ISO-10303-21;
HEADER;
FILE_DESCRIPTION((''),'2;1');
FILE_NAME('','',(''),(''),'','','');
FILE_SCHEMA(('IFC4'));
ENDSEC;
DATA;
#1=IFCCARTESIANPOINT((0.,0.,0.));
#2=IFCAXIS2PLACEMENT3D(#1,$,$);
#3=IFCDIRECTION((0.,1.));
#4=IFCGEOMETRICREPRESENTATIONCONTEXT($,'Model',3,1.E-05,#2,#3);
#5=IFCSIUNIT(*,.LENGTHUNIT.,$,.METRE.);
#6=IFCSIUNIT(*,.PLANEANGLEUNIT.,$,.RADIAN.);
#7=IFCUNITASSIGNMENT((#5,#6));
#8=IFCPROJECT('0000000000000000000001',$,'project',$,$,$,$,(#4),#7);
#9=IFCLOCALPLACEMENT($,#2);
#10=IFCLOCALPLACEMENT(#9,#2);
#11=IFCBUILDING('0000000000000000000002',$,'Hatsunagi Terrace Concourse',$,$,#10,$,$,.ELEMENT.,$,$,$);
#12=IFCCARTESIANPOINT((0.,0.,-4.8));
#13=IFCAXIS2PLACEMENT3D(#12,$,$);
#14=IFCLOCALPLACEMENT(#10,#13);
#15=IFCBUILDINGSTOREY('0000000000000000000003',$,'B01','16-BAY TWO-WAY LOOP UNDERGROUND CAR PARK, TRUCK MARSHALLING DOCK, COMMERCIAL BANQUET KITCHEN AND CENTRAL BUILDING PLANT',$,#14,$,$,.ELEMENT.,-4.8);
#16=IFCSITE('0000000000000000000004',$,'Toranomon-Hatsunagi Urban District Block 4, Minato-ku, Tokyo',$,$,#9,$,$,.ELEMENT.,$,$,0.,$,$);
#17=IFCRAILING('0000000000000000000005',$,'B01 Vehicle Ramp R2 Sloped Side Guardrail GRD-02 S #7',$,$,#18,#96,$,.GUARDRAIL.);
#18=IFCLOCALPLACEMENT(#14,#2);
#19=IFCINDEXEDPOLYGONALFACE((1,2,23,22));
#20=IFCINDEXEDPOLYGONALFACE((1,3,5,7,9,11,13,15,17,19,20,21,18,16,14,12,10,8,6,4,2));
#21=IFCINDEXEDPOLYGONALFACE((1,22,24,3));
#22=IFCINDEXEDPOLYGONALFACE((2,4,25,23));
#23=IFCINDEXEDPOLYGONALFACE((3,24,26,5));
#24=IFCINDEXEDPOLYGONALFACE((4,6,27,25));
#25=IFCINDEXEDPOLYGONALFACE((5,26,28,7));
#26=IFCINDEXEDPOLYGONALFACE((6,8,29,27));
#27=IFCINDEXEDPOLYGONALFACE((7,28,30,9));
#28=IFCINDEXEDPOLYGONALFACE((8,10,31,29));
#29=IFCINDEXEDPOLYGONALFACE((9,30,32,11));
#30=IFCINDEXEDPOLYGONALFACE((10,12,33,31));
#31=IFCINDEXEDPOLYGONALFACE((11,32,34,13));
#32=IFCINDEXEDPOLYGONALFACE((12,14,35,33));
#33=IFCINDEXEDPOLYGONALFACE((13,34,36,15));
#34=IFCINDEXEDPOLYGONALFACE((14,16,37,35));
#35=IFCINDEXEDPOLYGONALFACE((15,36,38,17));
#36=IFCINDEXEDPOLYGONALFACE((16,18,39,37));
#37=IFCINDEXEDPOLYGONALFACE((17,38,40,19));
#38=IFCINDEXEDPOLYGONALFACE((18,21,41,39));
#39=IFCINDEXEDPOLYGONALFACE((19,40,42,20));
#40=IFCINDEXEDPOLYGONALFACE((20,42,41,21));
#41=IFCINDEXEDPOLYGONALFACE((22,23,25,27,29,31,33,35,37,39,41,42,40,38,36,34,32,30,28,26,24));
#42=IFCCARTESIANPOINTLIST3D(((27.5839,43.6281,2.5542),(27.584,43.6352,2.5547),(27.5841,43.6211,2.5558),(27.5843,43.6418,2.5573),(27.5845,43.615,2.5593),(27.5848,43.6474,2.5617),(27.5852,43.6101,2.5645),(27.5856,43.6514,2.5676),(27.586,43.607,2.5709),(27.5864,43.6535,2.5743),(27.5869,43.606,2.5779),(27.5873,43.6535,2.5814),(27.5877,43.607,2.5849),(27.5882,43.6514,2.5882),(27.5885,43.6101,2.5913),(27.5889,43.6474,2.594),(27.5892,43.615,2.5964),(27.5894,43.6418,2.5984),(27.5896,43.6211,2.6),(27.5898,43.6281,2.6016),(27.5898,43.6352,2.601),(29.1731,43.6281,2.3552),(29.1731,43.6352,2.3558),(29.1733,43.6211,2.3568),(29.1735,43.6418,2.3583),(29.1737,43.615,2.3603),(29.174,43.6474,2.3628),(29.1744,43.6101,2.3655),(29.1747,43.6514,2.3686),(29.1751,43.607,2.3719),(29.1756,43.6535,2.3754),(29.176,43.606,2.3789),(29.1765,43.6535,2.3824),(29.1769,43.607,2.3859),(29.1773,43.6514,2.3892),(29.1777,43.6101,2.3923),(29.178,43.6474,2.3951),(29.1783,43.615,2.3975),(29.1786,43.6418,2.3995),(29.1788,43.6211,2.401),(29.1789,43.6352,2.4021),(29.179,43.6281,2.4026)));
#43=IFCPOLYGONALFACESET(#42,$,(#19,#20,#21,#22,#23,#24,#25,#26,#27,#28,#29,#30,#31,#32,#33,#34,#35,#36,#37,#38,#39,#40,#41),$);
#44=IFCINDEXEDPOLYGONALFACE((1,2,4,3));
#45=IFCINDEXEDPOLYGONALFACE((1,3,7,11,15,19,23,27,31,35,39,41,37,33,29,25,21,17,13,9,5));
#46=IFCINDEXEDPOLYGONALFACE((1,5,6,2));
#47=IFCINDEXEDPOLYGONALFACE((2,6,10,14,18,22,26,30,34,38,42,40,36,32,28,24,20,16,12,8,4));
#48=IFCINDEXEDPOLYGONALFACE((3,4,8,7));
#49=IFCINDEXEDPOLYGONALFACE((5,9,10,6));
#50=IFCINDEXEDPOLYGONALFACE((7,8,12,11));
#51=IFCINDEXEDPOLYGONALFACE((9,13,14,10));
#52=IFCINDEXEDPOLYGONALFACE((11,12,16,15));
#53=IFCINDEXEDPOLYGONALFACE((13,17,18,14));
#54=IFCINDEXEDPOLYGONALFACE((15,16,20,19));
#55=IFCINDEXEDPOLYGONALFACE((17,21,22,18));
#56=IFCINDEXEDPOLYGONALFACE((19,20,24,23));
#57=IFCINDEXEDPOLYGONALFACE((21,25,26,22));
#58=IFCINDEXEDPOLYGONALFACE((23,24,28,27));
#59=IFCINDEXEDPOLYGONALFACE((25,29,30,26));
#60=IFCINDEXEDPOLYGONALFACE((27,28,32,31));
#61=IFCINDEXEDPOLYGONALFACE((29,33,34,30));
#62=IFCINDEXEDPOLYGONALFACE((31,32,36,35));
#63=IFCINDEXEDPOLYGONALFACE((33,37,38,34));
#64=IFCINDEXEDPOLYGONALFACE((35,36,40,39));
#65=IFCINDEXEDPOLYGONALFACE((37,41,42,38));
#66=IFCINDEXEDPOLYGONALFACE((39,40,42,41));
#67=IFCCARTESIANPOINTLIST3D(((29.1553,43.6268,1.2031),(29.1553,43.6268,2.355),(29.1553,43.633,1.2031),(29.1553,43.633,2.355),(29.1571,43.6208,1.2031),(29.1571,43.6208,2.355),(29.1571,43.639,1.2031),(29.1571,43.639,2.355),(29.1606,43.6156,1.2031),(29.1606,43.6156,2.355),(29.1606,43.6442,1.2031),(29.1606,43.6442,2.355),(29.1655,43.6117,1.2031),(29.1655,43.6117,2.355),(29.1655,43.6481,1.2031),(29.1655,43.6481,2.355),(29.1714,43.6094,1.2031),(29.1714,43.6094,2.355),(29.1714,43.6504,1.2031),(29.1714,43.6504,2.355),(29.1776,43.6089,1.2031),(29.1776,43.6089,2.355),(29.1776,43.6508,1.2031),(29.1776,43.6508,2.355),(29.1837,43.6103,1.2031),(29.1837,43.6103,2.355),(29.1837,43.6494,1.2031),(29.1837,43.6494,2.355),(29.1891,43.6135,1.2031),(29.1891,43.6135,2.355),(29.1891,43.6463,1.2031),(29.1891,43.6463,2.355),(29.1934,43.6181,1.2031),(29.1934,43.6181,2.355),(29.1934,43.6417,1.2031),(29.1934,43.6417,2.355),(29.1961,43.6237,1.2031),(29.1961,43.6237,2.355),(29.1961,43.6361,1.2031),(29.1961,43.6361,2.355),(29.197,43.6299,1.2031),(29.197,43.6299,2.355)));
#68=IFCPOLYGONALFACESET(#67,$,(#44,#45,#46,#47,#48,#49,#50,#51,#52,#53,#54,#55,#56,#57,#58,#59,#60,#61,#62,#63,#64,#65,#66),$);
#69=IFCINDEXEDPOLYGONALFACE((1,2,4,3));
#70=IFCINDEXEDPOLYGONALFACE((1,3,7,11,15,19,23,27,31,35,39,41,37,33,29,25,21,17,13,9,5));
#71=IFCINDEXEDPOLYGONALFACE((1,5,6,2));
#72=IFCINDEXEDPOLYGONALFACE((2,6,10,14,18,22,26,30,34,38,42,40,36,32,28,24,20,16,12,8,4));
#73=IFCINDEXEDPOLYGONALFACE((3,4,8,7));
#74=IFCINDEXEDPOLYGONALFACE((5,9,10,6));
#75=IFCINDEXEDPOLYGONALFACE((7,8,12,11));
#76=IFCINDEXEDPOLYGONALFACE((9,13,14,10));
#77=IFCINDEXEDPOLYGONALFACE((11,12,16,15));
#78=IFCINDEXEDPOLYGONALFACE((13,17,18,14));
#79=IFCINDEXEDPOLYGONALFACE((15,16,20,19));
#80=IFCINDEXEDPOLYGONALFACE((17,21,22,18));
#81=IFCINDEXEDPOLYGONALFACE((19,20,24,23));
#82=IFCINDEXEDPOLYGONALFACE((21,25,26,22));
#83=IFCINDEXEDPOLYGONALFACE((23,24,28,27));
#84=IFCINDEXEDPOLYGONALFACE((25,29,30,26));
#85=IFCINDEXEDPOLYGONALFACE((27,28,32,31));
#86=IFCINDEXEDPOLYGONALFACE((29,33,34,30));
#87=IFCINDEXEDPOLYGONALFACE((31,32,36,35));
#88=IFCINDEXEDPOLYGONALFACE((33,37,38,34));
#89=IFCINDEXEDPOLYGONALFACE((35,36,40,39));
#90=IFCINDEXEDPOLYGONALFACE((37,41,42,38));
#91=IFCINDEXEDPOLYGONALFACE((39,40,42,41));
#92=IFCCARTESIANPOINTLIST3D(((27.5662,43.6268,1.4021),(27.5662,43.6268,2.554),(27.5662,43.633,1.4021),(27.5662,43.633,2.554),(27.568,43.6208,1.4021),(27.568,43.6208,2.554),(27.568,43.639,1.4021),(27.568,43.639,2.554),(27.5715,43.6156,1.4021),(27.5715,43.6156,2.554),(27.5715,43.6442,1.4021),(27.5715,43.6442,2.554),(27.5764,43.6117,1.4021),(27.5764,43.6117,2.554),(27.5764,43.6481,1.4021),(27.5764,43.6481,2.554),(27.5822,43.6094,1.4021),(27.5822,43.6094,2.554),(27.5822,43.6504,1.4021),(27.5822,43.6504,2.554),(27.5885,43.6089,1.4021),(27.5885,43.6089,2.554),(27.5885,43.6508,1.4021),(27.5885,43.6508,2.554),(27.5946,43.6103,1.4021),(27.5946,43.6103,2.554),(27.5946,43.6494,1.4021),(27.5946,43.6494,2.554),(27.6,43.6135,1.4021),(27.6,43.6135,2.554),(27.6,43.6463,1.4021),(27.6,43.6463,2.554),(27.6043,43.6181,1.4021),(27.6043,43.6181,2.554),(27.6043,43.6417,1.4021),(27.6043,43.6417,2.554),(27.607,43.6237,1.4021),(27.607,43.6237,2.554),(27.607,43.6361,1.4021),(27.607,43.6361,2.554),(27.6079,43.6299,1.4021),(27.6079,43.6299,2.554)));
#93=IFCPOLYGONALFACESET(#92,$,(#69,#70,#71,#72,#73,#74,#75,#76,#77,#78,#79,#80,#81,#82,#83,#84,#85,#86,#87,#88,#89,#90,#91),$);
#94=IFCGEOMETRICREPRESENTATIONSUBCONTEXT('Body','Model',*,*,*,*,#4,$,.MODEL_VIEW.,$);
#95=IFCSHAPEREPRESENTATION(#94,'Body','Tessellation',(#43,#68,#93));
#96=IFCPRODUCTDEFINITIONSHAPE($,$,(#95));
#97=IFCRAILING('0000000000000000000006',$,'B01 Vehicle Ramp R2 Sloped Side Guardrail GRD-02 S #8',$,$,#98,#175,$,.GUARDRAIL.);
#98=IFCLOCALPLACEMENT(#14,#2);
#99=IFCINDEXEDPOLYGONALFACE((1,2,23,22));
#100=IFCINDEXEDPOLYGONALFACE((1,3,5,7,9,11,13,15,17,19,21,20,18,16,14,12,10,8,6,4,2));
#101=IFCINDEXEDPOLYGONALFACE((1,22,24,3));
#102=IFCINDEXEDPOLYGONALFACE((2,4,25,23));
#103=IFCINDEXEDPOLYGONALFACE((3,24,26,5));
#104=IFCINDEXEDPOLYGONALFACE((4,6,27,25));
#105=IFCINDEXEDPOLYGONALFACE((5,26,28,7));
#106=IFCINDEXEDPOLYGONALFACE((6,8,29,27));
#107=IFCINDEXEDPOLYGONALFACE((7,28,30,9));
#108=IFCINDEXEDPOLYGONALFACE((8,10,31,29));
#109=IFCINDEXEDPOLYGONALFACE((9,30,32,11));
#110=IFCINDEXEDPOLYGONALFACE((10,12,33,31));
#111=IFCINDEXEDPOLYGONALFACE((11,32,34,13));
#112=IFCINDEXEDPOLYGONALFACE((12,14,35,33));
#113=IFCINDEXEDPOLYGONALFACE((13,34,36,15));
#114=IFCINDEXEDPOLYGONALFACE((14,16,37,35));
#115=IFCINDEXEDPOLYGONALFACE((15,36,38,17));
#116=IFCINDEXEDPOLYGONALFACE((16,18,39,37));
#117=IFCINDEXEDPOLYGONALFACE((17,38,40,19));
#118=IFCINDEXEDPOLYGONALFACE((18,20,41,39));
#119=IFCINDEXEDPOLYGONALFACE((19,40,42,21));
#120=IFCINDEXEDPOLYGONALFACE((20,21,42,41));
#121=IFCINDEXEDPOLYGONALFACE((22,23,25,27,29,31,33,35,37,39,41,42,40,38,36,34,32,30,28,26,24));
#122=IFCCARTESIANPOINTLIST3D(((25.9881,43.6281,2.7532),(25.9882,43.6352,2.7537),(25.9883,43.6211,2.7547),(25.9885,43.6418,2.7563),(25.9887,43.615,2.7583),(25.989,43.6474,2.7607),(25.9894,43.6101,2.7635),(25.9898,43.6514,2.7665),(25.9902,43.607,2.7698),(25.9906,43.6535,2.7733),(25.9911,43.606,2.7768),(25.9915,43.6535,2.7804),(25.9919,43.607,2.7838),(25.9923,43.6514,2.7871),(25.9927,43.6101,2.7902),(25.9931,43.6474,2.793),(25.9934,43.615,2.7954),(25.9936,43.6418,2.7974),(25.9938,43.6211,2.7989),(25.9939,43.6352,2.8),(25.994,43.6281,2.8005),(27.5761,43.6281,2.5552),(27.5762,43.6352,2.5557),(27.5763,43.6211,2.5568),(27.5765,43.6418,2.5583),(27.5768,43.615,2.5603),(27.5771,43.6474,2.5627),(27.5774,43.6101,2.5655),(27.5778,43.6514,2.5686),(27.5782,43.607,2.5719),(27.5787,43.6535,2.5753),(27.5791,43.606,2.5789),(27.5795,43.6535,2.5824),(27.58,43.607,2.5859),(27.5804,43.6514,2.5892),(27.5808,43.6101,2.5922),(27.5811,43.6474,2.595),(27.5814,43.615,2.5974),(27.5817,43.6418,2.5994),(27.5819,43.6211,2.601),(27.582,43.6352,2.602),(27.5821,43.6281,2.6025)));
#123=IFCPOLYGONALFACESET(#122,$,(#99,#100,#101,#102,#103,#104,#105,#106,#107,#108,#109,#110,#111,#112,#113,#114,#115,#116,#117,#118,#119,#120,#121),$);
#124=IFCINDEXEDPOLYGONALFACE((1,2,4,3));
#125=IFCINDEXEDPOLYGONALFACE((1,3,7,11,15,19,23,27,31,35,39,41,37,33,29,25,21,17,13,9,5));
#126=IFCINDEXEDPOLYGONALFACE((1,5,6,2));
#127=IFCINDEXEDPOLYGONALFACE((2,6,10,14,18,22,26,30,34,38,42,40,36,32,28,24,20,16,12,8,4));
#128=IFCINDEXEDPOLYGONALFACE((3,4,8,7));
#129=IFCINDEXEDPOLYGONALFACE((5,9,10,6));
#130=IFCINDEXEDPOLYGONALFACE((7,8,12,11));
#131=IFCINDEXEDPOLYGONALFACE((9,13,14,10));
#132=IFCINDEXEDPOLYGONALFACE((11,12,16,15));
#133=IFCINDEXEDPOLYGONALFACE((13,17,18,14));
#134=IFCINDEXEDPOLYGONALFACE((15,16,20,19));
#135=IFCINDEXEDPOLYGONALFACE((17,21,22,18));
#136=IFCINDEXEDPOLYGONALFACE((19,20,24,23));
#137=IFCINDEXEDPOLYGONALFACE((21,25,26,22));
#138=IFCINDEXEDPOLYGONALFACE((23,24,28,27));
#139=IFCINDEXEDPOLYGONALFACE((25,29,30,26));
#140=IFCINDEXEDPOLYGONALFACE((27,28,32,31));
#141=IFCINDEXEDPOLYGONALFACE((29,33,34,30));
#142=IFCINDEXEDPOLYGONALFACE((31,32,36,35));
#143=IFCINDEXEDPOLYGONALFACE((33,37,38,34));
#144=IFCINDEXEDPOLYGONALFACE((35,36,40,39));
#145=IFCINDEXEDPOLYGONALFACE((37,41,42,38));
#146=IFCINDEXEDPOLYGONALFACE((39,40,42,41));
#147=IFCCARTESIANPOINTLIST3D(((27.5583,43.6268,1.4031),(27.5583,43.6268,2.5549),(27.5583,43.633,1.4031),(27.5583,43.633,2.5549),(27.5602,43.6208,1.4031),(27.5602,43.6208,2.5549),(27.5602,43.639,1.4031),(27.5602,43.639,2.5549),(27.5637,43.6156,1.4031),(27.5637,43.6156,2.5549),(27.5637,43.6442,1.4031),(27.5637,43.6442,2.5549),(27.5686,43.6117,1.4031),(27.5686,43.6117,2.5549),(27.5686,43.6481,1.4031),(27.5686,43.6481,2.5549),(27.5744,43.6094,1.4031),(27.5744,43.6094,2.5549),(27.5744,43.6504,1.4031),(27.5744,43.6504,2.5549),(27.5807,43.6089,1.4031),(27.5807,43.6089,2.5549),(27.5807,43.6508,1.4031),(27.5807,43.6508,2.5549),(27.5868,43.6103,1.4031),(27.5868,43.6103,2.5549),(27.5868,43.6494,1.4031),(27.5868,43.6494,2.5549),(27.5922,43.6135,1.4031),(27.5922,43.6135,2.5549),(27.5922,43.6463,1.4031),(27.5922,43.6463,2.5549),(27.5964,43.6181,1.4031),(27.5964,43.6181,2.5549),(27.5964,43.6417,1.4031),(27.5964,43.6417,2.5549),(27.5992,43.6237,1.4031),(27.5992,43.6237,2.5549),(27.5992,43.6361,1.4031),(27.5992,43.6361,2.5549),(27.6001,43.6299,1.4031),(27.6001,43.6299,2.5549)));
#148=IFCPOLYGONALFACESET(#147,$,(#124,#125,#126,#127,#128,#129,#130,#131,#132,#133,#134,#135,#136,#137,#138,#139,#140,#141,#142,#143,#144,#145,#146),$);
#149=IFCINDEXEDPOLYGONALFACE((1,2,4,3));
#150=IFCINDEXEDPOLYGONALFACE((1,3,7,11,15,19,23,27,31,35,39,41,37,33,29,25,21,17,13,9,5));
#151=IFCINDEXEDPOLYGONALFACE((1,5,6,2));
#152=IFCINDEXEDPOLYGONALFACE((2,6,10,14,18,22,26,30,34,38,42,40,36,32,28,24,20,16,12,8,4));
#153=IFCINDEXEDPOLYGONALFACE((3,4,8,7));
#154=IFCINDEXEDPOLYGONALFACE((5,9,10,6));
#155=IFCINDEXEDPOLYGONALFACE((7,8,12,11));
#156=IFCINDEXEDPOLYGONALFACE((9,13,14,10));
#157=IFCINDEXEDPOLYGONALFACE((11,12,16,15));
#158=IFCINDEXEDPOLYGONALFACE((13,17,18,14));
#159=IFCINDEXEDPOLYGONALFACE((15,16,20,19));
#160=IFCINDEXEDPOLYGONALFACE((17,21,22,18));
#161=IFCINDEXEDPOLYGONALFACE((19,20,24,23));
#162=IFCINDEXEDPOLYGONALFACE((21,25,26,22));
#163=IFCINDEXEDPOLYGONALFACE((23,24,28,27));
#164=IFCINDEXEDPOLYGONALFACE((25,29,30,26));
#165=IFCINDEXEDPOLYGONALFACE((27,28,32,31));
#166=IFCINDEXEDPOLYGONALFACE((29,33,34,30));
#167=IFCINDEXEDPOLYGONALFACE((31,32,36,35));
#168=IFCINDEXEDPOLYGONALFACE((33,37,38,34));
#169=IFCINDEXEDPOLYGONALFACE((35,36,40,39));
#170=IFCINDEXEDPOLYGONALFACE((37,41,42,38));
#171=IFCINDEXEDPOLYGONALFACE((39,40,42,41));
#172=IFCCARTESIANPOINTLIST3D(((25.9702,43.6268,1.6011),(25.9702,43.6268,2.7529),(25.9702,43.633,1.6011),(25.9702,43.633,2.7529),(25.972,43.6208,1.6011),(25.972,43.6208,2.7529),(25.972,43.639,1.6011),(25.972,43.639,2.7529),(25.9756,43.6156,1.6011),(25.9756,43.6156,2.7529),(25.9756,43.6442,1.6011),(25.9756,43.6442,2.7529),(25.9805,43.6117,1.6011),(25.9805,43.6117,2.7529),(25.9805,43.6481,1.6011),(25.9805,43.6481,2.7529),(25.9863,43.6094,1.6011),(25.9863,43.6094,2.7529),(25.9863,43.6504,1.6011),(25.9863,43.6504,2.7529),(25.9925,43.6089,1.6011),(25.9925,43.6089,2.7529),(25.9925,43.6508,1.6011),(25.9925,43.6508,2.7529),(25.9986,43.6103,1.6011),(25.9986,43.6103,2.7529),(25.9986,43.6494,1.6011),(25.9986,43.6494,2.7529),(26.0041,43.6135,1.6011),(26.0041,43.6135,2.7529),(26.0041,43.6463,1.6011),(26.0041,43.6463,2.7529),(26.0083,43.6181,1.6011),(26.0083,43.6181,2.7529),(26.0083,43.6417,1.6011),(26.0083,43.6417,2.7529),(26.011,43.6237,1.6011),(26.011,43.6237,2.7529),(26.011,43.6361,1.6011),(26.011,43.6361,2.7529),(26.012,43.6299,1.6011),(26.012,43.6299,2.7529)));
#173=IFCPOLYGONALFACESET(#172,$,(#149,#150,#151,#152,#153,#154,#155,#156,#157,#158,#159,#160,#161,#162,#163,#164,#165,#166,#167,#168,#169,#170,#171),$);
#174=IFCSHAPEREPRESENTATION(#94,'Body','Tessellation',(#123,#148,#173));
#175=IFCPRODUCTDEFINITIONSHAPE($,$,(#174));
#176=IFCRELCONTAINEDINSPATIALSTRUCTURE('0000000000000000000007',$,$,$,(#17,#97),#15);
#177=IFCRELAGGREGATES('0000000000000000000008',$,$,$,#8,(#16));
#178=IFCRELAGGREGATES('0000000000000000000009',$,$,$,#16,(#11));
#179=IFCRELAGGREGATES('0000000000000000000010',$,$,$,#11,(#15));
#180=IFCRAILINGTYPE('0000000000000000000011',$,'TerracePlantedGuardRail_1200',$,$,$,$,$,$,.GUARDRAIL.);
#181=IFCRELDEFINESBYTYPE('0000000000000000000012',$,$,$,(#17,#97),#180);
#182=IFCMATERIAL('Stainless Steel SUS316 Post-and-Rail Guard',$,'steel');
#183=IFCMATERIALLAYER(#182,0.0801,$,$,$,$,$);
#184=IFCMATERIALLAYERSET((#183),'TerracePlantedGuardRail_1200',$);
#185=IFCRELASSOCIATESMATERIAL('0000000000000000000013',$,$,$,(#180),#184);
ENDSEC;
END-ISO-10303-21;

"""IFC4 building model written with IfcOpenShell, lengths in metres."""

from ifc_helpers import new_model, si_unit, direction, frame, origin, origin_2d, place, context, subcontext, project, spatial, circle, extrude, material, layer, layer_set, type_object, element, save


model = new_model("IFC4")

# Units and contexts
model_context = context("Model", 3, precision=1e-05, world=origin(), true_north=direction((0.0, 1.0)))
body_context = subcontext(model_context, "Body", "Model", "MODEL_VIEW")
ifc_project = project(units=[si_unit("LENGTHUNIT", "METRE"), si_unit("PLANEANGLEUNIT", "RADIAN")], contexts=[model_context])

# Site, building, storey
site_placement = place(None, origin())
site = spatial("IfcSite", under=ifc_project, at=site_placement, Name="Toranomon-Hatsunagi Urban District Block 4, Minato-ku, Tokyo", CompositionType="ELEMENT", RefElevation=0.0)
building_placement = place(site_placement, origin())
building = spatial("IfcBuilding", under=site, at=building_placement, Name="Hatsunagi Terrace Concourse", CompositionType="ELEMENT")
storey_placement = place(building_placement, frame((0.0, 0.0, -4.8)))
storey = spatial("IfcBuildingStorey", under=building, at=storey_placement, Name="B01", Description="16-BAY TWO-WAY LOOP UNDERGROUND CAR PARK, TRUCK MARSHALLING DOCK, COMMERCIAL BANQUET KITCHEN AND CENTRAL BUILDING PLANT", CompositionType="ELEMENT", Elevation=-4.8)

# Railings
ifc_material_1 = material(Name="Stainless Steel SUS316 Post-and-Rail Guard", Category="steel")
ifc_layer_1 = layer(ifc_material_1, 0.0801)
ifc_layer_set_1 = layer_set([ifc_layer_1], Name="TerracePlantedGuardRail_1200")
railing_type_1 = type_object("IfcRailingType", Name="TerracePlantedGuardRail_1200", PredefinedType="GUARDRAIL", material=ifc_layer_set_1)
railing_1_placement = place(storey_placement, frame((29.176, 43.6299, 1.2031)))
element("IfcRailing", 1, at=railing_1_placement, inside=storey, type_object=railing_type_1, Name="B01 Vehicle Ramp R2 Sloped Side Guardrail GRD-02 S #7", PredefinedType="GUARDRAIL", context=body_context, shape_type="SweptSolid", body=[
    extrude(circle(Radius=0.0239, at=origin_2d()), frame((0.0, 0.0, 1.1758), z_axis=(-0.992252, 0.0, 0.124241), x_axis=(0.0, -1.0, 0.0)), (0.0, 0.0, 1.0), 1.6016),
    extrude(circle(Radius=0.021, at=origin_2d()), origin(), (0.0, 0.0, 1.0), 1.1519),
    extrude(circle(Radius=0.021, at=origin_2d()), frame((-1.5891, 0.0, 0.199)), (0.0, 0.0, 1.0), 1.1519),
])
railing_2_placement = place(storey_placement, frame((27.5791, 43.6299, 1.4031)))
element("IfcRailing", 2, at=railing_2_placement, inside=storey, type_object=railing_type_1, Name="B01 Vehicle Ramp R2 Sloped Side Guardrail GRD-02 S #8", PredefinedType="GUARDRAIL", context=body_context, shape_type="SweptSolid", body=[
    extrude(circle(Radius=0.0239, at=origin_2d()), frame((0.0, 0.0, 1.1758), z_axis=(-0.992318, 0.0, 0.123716), x_axis=(0.0, -1.0, 0.0)), (0.0, 0.0, 1.0), 1.6003),
    extrude(circle(Radius=0.021, at=origin_2d()), origin(), (0.0, 0.0, 1.0), 1.1519),
    extrude(circle(Radius=0.021, at=origin_2d()), frame((-1.5881, 0.0, 0.198)), (0.0, 0.0, 1.0), 1.1519),
])

save(model, "model.ifc")
